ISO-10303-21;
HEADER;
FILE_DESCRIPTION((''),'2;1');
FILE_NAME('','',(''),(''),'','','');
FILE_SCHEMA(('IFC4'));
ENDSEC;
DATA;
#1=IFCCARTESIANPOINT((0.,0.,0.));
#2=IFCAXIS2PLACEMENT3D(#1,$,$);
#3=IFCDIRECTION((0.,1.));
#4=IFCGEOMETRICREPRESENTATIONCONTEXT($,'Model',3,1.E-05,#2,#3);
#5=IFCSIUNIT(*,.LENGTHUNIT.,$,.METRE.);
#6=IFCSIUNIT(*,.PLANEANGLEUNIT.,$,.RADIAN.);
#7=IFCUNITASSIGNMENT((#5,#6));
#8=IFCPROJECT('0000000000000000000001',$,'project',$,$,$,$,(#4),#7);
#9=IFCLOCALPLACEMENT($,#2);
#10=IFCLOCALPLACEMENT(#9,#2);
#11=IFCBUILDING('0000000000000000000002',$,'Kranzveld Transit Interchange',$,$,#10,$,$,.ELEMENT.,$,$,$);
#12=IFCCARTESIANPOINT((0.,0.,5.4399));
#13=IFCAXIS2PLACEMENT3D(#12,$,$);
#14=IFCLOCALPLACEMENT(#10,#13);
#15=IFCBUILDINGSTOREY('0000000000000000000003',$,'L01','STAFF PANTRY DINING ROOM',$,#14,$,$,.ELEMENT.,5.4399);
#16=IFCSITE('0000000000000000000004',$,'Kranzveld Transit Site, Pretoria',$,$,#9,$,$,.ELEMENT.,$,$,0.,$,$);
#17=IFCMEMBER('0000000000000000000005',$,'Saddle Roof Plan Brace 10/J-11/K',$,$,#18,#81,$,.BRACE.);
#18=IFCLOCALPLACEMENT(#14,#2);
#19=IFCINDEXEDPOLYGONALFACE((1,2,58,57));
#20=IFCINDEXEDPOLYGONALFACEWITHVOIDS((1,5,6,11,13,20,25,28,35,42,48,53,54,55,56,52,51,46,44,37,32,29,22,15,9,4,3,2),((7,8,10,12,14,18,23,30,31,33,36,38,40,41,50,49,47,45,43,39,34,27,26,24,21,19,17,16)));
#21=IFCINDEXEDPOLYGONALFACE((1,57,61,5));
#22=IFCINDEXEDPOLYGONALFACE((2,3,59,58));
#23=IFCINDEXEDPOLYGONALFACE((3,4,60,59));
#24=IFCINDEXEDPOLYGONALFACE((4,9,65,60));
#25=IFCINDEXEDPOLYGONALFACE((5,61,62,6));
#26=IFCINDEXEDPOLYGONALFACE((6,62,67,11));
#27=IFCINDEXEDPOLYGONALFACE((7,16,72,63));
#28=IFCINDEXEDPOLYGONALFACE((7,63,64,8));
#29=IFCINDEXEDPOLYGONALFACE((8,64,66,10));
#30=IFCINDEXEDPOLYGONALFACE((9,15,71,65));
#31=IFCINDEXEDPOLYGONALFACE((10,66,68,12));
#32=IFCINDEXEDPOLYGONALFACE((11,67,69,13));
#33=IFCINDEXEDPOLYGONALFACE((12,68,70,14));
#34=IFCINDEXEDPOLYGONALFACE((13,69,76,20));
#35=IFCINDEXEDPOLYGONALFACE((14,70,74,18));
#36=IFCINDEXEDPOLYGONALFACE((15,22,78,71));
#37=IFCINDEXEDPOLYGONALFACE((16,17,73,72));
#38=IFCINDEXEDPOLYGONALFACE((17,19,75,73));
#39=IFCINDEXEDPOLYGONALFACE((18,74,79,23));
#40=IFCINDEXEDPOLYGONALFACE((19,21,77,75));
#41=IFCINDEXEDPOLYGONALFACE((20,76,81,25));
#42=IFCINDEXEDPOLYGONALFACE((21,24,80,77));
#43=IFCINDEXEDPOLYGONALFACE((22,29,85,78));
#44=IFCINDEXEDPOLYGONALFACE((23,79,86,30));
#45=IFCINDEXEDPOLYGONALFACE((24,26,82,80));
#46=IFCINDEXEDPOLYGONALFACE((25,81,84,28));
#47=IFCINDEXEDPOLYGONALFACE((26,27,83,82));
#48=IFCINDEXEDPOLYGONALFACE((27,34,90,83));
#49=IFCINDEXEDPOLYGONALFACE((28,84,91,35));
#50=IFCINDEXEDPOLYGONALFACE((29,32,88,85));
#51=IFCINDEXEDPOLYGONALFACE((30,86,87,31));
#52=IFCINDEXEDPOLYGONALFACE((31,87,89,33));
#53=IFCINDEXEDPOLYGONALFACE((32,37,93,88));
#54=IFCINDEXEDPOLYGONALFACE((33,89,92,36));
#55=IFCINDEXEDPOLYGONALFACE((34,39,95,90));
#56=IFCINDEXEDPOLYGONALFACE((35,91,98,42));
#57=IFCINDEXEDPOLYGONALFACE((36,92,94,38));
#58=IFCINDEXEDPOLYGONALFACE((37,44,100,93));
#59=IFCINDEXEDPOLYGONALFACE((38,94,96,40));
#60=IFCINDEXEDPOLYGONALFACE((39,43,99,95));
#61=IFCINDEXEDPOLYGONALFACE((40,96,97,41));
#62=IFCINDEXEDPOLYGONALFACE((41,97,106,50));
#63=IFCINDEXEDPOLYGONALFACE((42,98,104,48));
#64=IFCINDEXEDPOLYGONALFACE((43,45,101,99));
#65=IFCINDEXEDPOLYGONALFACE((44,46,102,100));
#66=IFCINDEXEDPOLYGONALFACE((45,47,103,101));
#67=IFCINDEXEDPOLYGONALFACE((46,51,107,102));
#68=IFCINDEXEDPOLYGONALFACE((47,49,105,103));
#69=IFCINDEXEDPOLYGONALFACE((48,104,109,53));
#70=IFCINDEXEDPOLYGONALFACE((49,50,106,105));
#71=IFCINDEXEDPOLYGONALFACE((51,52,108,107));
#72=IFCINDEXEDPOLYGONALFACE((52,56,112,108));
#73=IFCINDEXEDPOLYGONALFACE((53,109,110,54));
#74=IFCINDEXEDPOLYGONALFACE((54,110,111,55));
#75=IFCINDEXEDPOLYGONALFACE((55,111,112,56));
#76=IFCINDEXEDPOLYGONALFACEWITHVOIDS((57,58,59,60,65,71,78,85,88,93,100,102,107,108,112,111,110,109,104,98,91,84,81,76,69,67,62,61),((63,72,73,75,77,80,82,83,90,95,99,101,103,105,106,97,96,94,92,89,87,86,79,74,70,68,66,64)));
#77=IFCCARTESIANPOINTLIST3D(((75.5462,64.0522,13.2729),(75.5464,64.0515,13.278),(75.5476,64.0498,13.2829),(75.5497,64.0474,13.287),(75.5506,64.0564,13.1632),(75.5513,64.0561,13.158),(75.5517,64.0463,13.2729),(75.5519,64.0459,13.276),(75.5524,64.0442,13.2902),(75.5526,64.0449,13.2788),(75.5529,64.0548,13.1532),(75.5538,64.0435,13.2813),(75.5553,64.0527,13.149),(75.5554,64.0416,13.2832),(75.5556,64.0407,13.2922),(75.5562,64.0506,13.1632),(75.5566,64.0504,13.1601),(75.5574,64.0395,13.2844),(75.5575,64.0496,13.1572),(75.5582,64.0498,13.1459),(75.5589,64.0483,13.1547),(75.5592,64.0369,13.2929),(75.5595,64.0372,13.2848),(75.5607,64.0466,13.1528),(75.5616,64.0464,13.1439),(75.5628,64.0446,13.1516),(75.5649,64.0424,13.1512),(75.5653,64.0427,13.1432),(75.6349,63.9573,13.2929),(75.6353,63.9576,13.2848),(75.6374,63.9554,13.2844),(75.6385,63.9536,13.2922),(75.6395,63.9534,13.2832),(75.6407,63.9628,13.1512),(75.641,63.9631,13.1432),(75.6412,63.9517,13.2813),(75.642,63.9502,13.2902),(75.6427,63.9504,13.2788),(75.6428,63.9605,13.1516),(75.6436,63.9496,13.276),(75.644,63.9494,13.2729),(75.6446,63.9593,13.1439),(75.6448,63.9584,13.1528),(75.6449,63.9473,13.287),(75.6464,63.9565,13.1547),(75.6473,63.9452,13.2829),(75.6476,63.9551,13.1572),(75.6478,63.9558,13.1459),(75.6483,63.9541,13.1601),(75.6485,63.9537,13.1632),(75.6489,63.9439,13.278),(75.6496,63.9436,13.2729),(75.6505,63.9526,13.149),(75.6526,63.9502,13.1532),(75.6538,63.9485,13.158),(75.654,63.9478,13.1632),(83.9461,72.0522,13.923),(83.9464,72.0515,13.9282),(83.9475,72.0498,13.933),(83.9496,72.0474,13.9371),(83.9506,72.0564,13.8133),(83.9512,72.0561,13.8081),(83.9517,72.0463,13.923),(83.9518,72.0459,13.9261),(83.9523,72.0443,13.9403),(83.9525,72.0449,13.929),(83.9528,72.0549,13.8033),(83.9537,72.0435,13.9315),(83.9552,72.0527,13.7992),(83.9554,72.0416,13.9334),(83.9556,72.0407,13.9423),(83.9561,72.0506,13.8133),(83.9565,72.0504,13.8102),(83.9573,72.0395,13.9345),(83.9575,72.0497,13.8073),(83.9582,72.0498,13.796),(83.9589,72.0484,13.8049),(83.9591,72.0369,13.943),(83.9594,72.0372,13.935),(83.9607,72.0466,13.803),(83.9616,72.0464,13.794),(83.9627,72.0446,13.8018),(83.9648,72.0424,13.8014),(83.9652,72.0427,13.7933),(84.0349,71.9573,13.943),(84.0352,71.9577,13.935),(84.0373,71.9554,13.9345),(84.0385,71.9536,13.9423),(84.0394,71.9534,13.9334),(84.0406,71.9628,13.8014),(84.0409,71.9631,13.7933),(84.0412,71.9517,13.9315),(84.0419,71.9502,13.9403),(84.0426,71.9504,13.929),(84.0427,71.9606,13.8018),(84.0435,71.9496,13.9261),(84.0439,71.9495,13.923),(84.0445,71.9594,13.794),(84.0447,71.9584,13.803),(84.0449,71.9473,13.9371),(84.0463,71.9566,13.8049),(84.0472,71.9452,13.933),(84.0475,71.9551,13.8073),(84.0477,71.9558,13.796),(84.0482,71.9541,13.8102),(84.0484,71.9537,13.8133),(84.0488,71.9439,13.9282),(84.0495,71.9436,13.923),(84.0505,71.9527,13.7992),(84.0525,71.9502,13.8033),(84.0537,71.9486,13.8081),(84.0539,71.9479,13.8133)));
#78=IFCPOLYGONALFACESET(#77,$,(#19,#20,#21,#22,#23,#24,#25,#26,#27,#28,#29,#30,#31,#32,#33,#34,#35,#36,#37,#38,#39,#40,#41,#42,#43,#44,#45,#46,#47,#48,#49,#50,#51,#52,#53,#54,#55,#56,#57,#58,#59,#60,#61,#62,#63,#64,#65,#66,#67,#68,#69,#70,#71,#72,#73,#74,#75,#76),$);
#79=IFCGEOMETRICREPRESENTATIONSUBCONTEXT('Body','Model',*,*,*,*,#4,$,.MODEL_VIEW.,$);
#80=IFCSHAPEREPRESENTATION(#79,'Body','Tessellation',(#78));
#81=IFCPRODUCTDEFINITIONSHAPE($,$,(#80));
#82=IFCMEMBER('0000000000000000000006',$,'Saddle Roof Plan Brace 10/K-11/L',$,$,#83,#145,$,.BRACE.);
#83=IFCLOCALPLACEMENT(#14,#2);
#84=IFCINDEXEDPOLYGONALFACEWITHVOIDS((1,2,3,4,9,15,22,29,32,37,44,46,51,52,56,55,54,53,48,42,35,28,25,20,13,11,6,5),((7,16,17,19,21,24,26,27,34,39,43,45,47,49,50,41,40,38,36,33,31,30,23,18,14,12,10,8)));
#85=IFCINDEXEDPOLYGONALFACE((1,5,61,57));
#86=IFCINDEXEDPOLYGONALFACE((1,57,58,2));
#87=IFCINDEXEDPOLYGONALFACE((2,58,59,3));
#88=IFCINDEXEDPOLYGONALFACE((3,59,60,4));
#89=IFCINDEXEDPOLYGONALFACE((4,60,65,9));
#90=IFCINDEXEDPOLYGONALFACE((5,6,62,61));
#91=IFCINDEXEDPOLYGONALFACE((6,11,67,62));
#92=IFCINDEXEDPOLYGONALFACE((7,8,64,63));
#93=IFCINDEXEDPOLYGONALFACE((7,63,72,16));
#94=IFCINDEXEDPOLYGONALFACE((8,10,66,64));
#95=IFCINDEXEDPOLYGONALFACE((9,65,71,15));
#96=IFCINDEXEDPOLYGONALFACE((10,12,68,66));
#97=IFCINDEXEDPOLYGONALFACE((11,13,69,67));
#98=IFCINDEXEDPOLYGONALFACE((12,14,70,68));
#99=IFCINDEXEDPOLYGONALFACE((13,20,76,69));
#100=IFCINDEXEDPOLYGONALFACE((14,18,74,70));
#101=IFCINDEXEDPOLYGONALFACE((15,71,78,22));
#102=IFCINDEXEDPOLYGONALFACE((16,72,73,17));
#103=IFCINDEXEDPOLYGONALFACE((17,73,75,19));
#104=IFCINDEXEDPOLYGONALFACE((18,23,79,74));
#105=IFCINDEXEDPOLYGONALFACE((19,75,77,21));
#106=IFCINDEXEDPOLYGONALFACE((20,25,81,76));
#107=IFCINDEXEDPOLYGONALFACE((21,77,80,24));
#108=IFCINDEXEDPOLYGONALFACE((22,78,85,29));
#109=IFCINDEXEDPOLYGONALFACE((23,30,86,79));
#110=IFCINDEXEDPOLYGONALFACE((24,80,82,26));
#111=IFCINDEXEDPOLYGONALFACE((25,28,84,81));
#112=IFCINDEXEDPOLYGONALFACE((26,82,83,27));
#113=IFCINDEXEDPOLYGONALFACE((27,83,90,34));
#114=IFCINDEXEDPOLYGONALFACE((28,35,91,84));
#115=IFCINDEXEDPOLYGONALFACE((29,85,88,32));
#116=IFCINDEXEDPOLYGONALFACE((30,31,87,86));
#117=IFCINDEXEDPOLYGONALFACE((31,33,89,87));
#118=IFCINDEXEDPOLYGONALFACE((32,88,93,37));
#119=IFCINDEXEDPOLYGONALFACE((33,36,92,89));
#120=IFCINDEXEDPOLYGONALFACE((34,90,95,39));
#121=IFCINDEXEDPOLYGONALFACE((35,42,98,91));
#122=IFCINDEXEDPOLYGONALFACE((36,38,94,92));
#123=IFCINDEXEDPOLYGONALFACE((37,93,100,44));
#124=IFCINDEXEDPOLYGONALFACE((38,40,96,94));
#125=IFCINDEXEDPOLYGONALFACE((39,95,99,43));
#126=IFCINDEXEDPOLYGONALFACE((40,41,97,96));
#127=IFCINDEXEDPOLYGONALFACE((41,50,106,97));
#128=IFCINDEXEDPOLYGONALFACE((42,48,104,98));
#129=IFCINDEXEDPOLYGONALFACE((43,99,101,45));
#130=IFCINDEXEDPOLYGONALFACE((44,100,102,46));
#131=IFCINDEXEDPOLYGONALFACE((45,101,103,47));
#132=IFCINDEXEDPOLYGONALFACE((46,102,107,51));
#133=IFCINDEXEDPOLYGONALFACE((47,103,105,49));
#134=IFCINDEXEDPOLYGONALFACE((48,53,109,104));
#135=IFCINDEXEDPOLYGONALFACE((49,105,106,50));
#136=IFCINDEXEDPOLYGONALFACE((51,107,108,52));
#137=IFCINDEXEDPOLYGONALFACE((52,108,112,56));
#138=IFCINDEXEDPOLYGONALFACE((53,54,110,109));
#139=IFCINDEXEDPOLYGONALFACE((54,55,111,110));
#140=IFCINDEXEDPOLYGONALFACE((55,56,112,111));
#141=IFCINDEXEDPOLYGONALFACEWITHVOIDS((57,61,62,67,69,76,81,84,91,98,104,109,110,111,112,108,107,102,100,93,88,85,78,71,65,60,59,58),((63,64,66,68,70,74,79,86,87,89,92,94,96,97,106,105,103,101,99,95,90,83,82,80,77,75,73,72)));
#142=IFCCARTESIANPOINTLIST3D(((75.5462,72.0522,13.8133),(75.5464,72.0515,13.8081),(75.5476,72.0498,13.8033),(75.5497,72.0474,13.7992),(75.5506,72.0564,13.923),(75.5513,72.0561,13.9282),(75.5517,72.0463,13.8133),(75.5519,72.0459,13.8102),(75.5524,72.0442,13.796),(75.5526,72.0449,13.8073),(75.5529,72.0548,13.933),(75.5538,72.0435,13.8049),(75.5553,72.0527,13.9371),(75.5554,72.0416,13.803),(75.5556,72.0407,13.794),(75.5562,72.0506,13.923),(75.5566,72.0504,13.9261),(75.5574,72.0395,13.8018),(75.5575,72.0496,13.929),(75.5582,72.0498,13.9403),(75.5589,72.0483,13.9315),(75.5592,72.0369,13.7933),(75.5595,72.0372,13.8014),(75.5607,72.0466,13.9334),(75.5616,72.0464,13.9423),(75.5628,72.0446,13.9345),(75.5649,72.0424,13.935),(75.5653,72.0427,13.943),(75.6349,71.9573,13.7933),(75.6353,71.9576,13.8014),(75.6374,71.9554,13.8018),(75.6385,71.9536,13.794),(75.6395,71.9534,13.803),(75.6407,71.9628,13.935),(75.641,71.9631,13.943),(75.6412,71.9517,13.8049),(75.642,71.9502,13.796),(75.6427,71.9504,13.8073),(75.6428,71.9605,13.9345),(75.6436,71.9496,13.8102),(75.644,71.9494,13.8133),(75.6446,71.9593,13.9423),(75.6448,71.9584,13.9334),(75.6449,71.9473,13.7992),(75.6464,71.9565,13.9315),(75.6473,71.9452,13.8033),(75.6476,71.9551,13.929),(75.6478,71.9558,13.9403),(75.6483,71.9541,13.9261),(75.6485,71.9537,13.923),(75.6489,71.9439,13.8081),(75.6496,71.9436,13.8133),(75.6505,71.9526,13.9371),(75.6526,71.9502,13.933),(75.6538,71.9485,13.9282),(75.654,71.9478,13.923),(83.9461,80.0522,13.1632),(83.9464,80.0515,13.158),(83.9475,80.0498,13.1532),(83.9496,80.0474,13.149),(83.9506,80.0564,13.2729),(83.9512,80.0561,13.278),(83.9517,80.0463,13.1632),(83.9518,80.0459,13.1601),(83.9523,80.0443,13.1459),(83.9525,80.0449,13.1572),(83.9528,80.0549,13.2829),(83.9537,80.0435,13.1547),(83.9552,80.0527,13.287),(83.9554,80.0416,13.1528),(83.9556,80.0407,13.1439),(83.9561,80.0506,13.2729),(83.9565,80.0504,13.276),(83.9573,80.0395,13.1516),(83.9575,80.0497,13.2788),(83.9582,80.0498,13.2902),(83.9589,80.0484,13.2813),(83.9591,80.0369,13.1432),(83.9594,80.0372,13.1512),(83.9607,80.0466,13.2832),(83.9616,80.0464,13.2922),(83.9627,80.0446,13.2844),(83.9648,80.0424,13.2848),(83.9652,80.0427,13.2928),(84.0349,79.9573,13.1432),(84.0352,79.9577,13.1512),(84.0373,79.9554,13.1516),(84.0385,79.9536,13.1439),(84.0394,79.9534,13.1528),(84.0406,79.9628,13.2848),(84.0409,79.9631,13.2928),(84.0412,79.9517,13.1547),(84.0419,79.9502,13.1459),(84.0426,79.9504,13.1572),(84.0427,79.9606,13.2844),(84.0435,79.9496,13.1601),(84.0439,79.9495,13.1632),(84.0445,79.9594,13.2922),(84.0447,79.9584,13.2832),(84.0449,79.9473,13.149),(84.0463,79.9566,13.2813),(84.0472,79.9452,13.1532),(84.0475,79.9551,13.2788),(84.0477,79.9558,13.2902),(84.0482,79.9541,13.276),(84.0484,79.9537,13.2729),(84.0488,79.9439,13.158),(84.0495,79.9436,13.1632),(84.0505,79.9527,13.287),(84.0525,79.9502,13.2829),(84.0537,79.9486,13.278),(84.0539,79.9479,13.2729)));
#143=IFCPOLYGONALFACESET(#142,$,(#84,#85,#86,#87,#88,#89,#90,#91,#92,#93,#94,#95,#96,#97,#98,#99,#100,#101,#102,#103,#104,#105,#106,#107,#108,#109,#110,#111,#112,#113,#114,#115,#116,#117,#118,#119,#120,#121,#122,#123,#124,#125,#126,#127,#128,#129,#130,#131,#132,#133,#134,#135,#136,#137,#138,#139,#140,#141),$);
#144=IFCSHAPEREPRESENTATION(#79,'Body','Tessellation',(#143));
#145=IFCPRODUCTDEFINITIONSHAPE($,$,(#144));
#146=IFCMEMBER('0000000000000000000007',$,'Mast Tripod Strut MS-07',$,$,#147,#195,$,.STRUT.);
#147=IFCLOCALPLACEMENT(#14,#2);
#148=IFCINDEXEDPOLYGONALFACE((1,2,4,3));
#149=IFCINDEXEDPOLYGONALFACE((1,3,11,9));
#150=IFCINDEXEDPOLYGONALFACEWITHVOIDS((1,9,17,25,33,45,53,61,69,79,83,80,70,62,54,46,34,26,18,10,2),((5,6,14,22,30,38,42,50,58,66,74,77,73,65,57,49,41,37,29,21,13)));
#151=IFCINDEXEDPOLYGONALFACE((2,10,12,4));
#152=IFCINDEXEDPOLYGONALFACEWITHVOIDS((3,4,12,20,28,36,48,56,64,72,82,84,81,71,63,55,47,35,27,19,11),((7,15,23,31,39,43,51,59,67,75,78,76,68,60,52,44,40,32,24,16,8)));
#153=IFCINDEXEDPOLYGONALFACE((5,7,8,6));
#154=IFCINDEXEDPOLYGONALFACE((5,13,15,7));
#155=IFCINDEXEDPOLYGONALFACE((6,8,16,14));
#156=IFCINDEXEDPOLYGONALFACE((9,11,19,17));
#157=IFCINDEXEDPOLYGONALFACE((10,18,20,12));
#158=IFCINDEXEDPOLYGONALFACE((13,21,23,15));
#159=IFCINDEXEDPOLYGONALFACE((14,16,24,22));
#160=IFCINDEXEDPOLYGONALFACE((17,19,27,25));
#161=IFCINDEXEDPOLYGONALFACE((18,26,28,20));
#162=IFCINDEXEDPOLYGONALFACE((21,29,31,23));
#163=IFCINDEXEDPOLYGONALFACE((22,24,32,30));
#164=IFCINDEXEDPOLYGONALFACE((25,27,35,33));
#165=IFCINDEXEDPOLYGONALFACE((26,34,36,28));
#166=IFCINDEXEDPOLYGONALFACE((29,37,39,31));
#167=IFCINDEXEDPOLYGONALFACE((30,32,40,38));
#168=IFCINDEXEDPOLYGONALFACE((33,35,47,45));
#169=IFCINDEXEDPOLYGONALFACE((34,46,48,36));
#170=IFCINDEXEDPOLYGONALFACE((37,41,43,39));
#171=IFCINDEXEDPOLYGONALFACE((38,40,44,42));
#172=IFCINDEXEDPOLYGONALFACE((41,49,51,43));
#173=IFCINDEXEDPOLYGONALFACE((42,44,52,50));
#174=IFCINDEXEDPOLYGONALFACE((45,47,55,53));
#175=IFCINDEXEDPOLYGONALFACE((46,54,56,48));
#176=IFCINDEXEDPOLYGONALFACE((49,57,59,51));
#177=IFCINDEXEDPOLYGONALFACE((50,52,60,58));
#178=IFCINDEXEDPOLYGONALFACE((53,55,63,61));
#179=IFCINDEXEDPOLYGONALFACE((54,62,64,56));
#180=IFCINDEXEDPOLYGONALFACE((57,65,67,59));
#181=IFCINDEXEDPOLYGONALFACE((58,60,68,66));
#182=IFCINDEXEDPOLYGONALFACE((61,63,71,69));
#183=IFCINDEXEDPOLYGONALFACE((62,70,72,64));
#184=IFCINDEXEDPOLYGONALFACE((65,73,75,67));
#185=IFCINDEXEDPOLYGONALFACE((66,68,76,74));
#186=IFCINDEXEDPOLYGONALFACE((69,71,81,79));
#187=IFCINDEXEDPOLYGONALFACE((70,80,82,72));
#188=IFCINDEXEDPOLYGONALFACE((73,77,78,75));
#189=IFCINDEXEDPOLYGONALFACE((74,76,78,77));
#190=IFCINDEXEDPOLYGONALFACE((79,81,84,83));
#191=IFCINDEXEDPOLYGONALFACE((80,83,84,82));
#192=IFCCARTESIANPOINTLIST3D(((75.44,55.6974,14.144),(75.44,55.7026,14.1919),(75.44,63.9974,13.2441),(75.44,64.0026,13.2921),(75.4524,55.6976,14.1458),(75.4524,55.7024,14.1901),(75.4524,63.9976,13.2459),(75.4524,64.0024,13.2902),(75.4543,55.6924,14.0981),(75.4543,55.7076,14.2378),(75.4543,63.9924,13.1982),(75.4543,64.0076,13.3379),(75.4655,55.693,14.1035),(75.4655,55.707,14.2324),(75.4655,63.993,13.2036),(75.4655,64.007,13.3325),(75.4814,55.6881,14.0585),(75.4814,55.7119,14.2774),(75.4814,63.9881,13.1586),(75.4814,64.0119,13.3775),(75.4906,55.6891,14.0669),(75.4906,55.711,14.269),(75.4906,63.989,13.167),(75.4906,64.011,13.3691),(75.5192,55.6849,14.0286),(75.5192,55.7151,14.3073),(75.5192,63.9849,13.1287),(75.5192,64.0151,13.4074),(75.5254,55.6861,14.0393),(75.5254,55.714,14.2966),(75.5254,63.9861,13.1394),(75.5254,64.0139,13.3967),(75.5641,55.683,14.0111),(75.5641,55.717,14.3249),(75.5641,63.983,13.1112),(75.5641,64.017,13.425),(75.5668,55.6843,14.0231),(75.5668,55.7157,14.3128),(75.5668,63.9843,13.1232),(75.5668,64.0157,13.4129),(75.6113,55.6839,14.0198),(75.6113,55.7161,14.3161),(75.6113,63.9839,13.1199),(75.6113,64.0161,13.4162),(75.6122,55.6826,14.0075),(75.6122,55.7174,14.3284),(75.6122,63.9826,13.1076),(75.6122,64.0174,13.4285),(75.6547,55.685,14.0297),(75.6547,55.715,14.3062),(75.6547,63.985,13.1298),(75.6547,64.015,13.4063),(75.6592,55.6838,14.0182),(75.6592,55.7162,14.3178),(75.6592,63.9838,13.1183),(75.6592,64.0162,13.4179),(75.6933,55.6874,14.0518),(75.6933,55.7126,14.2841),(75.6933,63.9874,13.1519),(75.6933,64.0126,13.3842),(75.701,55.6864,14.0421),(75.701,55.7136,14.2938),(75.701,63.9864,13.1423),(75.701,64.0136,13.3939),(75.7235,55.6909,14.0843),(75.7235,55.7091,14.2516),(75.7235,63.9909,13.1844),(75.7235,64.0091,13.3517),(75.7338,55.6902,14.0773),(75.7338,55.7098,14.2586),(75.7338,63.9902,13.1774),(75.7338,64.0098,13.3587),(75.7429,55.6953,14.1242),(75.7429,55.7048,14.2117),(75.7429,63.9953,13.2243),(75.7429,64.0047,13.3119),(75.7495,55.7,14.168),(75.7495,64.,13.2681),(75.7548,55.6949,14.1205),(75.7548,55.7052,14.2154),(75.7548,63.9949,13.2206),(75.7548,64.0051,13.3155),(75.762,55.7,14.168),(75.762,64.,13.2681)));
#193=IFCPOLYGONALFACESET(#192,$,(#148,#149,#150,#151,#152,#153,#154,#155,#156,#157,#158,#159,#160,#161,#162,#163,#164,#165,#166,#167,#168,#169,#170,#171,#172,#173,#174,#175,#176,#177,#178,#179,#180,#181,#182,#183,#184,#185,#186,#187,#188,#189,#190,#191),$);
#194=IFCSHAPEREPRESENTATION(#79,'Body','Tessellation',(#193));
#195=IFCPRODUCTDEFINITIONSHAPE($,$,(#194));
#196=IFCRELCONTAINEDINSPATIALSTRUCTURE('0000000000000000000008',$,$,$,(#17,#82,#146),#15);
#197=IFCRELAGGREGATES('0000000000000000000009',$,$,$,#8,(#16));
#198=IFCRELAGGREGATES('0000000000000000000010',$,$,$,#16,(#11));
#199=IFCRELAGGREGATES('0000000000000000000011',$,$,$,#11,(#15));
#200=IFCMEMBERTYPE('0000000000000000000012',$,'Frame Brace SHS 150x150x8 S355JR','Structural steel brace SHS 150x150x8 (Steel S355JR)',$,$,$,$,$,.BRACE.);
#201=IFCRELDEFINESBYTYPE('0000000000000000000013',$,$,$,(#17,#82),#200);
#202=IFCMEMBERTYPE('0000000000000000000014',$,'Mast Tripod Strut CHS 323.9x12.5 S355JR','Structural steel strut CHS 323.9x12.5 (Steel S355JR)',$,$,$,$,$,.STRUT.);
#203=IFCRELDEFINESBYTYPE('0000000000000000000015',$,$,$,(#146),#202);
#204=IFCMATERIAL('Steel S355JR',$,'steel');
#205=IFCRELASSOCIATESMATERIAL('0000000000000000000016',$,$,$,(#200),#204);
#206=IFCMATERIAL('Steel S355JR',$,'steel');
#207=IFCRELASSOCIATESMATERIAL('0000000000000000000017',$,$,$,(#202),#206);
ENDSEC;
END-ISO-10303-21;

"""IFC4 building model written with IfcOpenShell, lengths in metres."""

from ifc_helpers import new_model, si_unit, direction, frame, origin, origin_2d, place, context, subcontext, project, spatial, hollow_rectangle, hollow_circle, extrude, material, material_profile, profile_set, type_object, element, save


model = new_model("IFC4")

# Units and contexts
model_context = context("Model", 3, precision=1e-05, world=origin(), true_north=direction((0.0, 1.0)))
body_context = subcontext(model_context, "Body", "Model", "MODEL_VIEW")
ifc_project = project(units=[si_unit("LENGTHUNIT", "METRE"), si_unit("PLANEANGLEUNIT", "RADIAN")], contexts=[model_context])

# Site, building, storey
site_placement = place(None, origin())
site = spatial("IfcSite", under=ifc_project, at=site_placement, Name="Kranzveld Transit Site, Pretoria", CompositionType="ELEMENT", RefElevation=0.0)
building_placement = place(site_placement, origin())
building = spatial("IfcBuilding", under=site, at=building_placement, Name="Kranzveld Transit Interchange", CompositionType="ELEMENT")
storey_placement = place(building_placement, frame((0.0, 0.0, 5.4399)))
storey = spatial("IfcBuildingStorey", under=building, at=storey_placement, Name="L01", Description="STAFF PANTRY DINING ROOM", CompositionType="ELEMENT", Elevation=5.4399)

# Members
ifc_material_1 = material(Name="Steel S355JR", Category="steel")
ifc_material_profile_1 = material_profile(ifc_material_1, hollow_rectangle(XDim=0.1499, YDim=0.1499, WallThickness=0.0081, InnerFilletRadius=0.012, OuterFilletRadius=0.02, at=origin_2d()), Name="SHS 150x150x8")
ifc_profile_set_1 = profile_set([ifc_material_profile_1], Name="Steel S355JR")
member_type_1 = type_object("IfcMemberType", Name="Frame Brace SHS 150x150x8 S355JR", Description="Structural steel brace SHS 150x150x8 (Steel S355JR)", PredefinedType="BRACE", material=ifc_profile_set_1)
for number, where, z_axis, x_axis, name in (
    (1, (75.6001, 64.0, 13.218), (0.722999, 0.688579, 0.05596), (-0.689659, 0.724134, 0.0), "Saddle Roof Plan Brace 10/J-11/K"),
    (2, (75.6001, 72.0, 13.8682), (0.722999, 0.688579, -0.05596), (-0.689659, 0.724134, 0.0), "Saddle Roof Plan Brace 10/K-11/L"),
):
    element("IfcMember", number, at=place(storey_placement, frame(where, z_axis=z_axis, x_axis=x_axis)), inside=storey, type_object=member_type_1, Name=name, PredefinedType="BRACE", context=body_context, shape_type="SweptSolid", body=[
        extrude(hollow_rectangle(XDim=0.1499, YDim=0.1499, WallThickness=0.0081, InnerFilletRadius=0.012, OuterFilletRadius=0.02, at=origin_2d()), origin(), (0.0, 0.0, 1.0), 11.6182),
    ])
ifc_material_2 = material(Name="Steel S355JR", Category="steel")
ifc_material_profile_2 = material_profile(ifc_material_2, hollow_circle(Radius=0.1619, WallThickness=0.0125, at=origin_2d()), Name="CHS 323.9x12.5")
ifc_profile_set_2 = profile_set([ifc_material_profile_2], Name="Steel S355JR")
member_type_2 = type_object("IfcMemberType", Name="Mast Tripod Strut CHS 323.9x12.5 S355JR", Description="Structural steel strut CHS 323.9x12.5 (Steel S355JR)", PredefinedType="STRUT", material=ifc_profile_set_2)
member_1_placement = place(storey_placement, frame((75.6001, 64.0, 13.2681), z_axis=(0.0, -0.994174, 0.10779), x_axis=(1.0, 0.0, 0.0)))
element("IfcMember", 3, at=member_1_placement, inside=storey, type_object=member_type_2, Name="Mast Tripod Strut MS-07", PredefinedType="STRUT", context=body_context, shape_type="SweptSolid", body=[
    extrude(hollow_circle(Radius=0.1619, WallThickness=0.0125, at=origin_2d()), origin(), (0.0, 0.0, 1.0), 8.3486),
])

save(model, "model.ifc")
